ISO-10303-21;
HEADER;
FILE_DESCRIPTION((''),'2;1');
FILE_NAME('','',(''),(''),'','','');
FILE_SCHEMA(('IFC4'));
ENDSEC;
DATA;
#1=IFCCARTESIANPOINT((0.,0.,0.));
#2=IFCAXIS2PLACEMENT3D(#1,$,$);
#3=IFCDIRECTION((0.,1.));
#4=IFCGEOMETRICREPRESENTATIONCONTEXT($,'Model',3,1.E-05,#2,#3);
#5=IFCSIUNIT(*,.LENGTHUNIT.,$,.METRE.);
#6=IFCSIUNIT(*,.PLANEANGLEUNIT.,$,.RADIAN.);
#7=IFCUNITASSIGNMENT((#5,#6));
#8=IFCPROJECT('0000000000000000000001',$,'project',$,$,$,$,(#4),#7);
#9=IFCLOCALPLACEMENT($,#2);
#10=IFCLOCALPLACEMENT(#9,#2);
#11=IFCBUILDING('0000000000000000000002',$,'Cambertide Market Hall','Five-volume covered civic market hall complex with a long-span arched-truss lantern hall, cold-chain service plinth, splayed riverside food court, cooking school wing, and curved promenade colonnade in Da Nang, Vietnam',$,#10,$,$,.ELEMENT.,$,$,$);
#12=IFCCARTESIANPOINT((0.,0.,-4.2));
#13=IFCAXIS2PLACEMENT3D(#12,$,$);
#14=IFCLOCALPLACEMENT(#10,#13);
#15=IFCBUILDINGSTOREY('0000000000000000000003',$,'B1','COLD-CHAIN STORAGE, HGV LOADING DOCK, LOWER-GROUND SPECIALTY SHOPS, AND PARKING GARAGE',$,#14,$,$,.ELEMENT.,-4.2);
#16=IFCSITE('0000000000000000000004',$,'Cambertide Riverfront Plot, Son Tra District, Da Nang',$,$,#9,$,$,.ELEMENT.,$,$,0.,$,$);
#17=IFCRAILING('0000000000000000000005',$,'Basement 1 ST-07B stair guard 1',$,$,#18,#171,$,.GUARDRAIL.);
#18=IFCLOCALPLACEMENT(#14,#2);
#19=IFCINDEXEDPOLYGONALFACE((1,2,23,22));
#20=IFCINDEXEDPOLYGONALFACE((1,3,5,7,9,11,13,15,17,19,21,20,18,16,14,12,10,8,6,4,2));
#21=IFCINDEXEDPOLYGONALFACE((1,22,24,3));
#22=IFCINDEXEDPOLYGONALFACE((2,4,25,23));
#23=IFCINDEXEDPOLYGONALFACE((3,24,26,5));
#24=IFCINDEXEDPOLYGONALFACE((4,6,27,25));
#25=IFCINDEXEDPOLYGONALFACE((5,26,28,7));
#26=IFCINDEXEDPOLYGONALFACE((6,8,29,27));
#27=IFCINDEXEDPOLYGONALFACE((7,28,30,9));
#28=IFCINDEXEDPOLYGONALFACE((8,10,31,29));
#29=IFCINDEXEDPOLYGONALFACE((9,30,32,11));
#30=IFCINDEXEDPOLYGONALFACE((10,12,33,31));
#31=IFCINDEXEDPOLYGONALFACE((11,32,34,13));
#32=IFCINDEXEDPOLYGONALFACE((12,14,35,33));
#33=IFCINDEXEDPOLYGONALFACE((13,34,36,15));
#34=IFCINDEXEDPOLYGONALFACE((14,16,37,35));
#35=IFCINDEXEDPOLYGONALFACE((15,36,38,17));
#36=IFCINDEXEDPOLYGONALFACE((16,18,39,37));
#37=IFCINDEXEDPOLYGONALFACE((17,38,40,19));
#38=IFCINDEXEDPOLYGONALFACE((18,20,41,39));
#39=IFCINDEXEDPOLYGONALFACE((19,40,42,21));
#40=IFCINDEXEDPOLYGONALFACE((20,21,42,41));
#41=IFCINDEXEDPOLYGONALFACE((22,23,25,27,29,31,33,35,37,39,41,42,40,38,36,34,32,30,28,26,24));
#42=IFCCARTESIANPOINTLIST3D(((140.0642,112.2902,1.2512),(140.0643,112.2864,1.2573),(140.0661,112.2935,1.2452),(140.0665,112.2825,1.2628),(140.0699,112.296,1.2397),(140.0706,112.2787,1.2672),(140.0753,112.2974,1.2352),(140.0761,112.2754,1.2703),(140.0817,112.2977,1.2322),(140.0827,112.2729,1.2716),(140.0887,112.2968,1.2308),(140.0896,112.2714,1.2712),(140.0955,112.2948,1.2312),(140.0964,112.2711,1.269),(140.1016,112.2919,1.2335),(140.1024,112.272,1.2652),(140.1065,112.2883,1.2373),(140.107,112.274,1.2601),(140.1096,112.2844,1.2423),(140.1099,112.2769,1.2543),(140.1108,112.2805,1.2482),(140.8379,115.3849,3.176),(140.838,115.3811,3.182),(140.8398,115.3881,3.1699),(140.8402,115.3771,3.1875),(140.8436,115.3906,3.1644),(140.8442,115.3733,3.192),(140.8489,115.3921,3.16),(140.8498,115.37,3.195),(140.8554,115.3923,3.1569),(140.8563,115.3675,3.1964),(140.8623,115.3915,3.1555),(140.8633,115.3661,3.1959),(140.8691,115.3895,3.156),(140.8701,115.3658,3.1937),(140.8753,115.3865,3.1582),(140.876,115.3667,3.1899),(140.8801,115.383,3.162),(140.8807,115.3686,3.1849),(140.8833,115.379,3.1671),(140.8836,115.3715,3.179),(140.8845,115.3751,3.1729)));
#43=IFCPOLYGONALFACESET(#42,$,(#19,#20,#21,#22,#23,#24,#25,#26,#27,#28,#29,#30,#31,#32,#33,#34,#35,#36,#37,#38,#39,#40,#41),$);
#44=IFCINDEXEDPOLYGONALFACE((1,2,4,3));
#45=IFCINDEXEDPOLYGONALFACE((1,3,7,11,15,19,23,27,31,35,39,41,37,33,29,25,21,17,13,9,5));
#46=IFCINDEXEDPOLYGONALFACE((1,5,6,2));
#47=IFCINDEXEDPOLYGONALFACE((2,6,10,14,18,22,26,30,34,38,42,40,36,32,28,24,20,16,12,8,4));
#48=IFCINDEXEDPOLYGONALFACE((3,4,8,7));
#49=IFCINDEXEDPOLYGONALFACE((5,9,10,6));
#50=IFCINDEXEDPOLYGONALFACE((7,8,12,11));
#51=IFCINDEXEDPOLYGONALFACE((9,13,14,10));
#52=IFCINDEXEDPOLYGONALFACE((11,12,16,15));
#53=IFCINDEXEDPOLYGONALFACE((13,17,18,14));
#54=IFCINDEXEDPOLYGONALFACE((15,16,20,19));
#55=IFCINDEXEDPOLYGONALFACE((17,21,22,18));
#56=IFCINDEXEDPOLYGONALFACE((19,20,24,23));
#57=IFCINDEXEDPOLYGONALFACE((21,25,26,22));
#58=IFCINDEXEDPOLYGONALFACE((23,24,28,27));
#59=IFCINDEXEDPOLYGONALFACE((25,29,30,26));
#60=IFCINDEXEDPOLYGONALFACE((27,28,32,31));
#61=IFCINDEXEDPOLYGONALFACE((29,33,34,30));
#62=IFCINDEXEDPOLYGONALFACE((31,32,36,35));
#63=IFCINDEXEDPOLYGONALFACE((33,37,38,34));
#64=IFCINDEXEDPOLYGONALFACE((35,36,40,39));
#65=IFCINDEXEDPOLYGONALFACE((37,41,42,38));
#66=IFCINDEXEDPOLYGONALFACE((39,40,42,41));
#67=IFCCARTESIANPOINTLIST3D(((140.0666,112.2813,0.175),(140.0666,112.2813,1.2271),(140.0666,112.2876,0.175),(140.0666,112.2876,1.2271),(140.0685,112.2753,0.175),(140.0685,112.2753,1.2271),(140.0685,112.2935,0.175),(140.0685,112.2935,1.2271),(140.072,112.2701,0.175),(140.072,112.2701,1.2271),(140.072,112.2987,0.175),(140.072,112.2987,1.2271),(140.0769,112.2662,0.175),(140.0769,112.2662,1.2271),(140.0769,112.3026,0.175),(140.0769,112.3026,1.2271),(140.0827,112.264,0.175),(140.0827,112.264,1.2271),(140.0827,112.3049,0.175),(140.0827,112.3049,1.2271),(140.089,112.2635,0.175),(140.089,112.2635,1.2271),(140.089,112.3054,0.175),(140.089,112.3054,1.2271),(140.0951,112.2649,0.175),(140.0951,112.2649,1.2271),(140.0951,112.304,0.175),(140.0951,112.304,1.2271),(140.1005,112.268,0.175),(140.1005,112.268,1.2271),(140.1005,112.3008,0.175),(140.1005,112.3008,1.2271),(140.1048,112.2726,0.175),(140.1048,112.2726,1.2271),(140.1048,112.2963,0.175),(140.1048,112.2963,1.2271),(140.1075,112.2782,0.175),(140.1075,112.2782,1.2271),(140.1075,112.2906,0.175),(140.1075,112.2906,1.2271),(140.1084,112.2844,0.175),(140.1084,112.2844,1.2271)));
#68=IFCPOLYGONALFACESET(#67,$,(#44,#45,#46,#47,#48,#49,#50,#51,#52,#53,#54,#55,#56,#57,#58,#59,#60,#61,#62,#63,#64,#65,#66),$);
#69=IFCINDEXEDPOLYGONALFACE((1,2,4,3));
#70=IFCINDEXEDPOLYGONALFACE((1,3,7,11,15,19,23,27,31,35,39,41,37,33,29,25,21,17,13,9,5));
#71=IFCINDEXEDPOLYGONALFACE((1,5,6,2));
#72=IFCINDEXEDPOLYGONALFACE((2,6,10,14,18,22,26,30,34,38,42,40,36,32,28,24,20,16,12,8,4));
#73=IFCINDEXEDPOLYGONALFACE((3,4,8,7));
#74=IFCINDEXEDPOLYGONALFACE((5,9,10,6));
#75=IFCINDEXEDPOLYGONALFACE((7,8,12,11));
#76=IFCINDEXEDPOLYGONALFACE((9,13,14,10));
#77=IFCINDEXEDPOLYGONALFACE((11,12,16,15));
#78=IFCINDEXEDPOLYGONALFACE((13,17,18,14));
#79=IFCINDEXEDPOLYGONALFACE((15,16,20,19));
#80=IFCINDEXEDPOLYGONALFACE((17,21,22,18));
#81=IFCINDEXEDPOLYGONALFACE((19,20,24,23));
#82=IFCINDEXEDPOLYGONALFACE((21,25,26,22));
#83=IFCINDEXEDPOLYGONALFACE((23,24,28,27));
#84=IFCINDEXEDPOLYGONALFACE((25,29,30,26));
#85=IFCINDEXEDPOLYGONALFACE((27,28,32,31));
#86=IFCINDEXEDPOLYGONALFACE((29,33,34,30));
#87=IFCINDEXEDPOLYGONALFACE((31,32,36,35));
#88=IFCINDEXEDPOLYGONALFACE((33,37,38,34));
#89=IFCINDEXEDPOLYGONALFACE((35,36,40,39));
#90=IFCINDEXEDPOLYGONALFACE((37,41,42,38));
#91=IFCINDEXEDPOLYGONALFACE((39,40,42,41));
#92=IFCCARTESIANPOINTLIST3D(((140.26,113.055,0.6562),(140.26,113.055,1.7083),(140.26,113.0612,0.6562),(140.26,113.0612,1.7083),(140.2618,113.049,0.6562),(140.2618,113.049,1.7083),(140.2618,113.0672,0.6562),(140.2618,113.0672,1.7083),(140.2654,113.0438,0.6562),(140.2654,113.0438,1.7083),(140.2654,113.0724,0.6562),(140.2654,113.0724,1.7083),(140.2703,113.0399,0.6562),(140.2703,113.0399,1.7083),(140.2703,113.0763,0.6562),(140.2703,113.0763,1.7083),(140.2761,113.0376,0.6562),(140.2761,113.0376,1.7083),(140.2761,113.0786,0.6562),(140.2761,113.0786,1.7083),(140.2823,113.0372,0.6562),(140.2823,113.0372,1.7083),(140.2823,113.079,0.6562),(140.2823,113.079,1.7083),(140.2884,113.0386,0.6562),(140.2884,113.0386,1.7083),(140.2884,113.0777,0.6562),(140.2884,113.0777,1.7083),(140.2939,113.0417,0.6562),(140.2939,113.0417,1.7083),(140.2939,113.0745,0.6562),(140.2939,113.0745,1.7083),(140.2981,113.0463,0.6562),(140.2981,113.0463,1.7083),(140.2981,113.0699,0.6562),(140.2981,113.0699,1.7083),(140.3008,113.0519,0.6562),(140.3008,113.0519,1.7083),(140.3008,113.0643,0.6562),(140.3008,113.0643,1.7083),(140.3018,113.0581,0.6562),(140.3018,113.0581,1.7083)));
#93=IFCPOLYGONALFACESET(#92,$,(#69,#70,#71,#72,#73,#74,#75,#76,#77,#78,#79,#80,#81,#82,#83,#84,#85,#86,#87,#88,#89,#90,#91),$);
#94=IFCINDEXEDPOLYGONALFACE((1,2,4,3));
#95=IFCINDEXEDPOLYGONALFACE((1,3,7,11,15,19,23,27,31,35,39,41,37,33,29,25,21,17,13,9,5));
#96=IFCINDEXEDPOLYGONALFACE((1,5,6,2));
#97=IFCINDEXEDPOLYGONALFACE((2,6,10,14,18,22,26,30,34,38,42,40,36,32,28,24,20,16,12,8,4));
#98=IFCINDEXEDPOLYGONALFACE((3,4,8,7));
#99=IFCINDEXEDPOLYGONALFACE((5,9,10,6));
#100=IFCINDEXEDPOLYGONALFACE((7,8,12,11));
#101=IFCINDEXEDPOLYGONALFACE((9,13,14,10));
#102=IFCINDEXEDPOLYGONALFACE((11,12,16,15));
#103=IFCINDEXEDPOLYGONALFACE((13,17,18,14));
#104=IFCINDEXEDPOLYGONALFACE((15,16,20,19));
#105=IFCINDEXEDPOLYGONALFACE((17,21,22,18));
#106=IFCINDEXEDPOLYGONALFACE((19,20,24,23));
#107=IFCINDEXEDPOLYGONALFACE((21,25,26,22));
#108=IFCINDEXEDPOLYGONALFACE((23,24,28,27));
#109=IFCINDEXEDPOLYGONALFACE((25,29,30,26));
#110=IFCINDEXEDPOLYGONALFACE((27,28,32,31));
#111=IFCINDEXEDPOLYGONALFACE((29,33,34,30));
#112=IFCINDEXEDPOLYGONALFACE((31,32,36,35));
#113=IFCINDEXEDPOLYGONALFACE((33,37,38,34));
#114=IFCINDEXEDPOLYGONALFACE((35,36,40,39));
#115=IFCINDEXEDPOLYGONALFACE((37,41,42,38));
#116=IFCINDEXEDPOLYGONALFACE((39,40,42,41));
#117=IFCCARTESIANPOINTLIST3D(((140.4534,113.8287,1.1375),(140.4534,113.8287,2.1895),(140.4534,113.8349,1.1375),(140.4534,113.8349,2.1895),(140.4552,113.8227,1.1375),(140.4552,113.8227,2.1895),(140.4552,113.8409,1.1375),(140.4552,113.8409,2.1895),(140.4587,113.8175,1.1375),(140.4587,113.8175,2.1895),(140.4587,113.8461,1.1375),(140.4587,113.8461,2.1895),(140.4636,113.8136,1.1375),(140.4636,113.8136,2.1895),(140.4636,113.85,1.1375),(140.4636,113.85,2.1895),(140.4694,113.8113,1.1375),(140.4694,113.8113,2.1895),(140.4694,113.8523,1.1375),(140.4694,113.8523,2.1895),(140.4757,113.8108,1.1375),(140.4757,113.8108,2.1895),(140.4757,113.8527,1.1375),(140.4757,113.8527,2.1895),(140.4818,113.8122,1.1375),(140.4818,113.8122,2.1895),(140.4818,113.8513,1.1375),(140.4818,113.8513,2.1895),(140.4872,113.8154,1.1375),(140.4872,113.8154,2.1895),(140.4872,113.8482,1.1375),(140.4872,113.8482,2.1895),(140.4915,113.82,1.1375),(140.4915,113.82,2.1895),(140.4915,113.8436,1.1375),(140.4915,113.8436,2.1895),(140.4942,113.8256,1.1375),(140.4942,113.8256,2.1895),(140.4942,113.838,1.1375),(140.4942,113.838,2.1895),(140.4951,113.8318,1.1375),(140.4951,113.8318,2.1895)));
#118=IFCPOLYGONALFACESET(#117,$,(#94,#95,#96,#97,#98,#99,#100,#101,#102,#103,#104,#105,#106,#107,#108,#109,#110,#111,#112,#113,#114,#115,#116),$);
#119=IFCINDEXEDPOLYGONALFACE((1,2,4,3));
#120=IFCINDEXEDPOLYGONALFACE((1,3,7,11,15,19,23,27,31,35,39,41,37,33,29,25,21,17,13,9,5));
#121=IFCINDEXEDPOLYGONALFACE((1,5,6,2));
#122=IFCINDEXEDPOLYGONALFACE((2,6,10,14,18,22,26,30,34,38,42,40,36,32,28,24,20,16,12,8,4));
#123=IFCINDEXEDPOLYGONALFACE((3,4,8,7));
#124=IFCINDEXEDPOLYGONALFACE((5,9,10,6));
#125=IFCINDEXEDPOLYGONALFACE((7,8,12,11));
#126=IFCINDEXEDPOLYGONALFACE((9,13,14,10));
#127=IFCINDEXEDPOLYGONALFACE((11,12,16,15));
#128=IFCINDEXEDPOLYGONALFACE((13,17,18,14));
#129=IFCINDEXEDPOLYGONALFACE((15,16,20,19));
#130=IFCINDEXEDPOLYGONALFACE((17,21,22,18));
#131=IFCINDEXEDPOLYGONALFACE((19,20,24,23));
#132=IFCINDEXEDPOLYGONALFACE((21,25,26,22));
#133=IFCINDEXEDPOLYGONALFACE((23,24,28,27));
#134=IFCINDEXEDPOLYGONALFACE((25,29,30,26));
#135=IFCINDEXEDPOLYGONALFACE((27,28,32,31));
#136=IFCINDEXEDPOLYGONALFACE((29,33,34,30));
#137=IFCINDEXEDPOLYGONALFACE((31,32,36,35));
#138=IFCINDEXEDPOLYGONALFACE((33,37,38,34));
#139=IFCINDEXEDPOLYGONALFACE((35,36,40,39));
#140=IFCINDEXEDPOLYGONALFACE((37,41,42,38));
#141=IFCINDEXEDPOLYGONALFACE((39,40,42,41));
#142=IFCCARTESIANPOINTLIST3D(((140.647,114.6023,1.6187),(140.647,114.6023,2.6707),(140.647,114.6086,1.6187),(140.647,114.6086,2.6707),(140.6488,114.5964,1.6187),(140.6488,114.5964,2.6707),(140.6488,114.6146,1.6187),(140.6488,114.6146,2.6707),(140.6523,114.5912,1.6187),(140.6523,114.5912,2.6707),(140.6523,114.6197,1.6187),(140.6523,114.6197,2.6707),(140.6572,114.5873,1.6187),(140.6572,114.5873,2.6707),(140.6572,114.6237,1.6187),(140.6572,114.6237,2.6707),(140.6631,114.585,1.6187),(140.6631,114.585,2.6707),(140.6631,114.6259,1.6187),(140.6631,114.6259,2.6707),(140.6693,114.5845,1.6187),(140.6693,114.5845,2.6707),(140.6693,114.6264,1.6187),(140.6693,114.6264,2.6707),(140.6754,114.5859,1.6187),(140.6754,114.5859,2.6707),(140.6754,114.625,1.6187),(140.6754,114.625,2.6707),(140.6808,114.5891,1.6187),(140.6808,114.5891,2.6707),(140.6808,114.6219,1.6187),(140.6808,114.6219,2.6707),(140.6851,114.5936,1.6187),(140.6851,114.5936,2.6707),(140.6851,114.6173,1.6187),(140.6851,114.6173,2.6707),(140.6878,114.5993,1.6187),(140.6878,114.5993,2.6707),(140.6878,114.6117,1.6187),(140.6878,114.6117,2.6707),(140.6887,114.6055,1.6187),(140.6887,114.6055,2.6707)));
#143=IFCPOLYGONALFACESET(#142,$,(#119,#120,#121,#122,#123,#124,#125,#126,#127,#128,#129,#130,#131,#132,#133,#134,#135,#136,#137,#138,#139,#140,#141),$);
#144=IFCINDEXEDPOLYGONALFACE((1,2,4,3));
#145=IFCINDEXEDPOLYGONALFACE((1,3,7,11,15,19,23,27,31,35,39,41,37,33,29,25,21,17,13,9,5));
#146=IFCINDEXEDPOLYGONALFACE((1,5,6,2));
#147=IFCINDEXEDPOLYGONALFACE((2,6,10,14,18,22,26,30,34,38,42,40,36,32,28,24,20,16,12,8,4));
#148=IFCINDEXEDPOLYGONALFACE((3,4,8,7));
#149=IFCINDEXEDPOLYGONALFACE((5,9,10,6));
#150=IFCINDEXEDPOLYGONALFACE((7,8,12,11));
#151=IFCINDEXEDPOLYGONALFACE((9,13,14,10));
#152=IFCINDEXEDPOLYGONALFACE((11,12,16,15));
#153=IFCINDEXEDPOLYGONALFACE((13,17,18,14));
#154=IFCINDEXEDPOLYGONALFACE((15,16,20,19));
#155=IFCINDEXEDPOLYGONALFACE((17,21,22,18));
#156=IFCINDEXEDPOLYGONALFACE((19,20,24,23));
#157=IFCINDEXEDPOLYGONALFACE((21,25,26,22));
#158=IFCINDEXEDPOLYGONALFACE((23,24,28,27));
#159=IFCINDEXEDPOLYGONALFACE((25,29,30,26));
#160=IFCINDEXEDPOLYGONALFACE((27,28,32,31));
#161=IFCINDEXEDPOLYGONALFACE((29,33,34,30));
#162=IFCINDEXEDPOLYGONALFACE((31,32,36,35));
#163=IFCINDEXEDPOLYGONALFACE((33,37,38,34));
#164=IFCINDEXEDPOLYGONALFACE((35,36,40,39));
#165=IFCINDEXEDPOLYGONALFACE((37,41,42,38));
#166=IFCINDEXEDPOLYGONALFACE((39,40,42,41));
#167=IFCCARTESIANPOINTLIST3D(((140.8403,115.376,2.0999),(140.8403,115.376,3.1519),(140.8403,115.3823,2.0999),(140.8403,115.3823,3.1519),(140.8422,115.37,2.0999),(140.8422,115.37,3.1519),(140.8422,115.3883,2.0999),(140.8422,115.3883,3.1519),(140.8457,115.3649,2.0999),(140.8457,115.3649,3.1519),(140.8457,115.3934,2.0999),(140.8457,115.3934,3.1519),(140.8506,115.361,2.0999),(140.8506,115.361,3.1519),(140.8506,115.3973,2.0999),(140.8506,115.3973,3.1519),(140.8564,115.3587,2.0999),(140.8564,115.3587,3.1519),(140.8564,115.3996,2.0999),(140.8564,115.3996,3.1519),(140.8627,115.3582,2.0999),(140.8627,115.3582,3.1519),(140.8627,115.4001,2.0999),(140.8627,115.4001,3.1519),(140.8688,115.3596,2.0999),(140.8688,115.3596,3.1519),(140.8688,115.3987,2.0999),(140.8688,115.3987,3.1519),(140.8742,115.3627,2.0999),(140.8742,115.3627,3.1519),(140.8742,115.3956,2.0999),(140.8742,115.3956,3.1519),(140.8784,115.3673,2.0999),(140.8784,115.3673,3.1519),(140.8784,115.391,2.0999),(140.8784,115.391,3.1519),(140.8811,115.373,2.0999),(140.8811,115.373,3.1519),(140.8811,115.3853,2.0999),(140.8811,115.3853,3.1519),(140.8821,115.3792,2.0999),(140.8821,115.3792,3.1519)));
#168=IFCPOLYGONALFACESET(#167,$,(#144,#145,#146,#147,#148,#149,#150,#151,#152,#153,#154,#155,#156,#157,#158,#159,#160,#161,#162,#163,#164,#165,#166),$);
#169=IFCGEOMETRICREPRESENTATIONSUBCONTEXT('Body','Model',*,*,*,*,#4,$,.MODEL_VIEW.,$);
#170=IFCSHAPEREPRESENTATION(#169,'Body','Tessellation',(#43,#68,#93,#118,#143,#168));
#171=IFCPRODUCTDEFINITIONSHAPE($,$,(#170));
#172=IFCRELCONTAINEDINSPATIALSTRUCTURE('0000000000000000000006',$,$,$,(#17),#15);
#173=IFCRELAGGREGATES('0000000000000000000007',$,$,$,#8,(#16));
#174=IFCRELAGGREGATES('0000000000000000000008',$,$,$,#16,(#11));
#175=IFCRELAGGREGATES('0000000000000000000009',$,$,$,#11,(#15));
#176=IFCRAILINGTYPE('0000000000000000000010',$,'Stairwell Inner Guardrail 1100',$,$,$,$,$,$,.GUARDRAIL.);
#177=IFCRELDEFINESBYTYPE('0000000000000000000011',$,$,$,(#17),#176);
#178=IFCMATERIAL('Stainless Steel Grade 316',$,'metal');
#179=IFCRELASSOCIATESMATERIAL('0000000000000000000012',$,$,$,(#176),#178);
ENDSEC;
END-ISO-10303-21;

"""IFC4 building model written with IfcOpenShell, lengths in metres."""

from ifc_helpers import new_model, si_unit, direction, frame, origin, origin_2d, place, context, subcontext, project, spatial, circle, extrude, material, type_object, element, save


model = new_model("IFC4")

# Units and contexts
model_context = context("Model", 3, precision=1e-05, world=origin(), true_north=direction((0.0, 1.0)))
body_context = subcontext(model_context, "Body", "Model", "MODEL_VIEW")
ifc_project = project(units=[si_unit("LENGTHUNIT", "METRE"), si_unit("PLANEANGLEUNIT", "RADIAN")], contexts=[model_context])

# Site, building, storey
site_placement = place(None, origin())
site = spatial("IfcSite", under=ifc_project, at=site_placement, Name="Cambertide Riverfront Plot, Son Tra District, Da Nang", CompositionType="ELEMENT", RefElevation=0.0)
building_placement = place(site_placement, origin())
building = spatial("IfcBuilding", under=site, at=building_placement, Name="Cambertide Market Hall", Description="Five-volume covered civic market hall complex with a long-span arched-truss lantern hall, cold-chain service plinth, splayed riverside food court, cooking school wing, and curved promenade colonnade in Da Nang, Vietnam", CompositionType="ELEMENT")
storey_placement = place(building_placement, frame((0.0, 0.0, -4.2)))
storey = spatial("IfcBuildingStorey", under=building, at=storey_placement, Name="B1", Description="COLD-CHAIN STORAGE, HGV LOADING DOCK, LOWER-GROUND SPECIALTY SHOPS, AND PARKING GARAGE", CompositionType="ELEMENT", Elevation=-4.2)

# Railing
ifc_material_1 = material(Name="Stainless Steel Grade 316", Category="metal")
railing_type = type_object("IfcRailingType", Name="Stairwell Inner Guardrail 1100", PredefinedType="GUARDRAIL", material=ifc_material_1)
railing_1_placement = place(storey_placement, frame((140.0874, 112.2844, 0.175)))
element("IfcRailing", 1, at=railing_1_placement, inside=storey, type_object=railing_type, Name="Basement 1 ST-07B stair guard 1", PredefinedType="GUARDRAIL", context=body_context, shape_type="SweptSolid", body=[
    extrude(circle(Radius=0.0239, at=origin_2d()), frame((0.0, 0.0, 1.0762), z_axis=(0.207661, 0.830645, 0.51663), x_axis=(-0.970143, 0.242536, 0.0)), (0.0, 0.0, 1.0), 3.7256),
    extrude(circle(Radius=0.021, at=origin_2d()), origin(), (0.0, 0.0, 1.0), 1.052),
    extrude(circle(Radius=0.021, at=origin_2d()), frame((0.1934, 0.7737, 0.4812)), (0.0, 0.0, 1.0), 1.052),
    extrude(circle(Radius=0.021, at=origin_2d()), frame((0.3867, 1.5474, 0.9624)), (0.0, 0.0, 1.0), 1.052),
    extrude(circle(Radius=0.021, at=origin_2d()), frame((0.5803, 2.321, 1.4436)), (0.0, 0.0, 1.0), 1.052),
    extrude(circle(Radius=0.021, at=origin_2d()), frame((0.7737, 3.0947, 1.9248)), (0.0, 0.0, 1.0), 1.052),
])

save(model, "model.ifc")
